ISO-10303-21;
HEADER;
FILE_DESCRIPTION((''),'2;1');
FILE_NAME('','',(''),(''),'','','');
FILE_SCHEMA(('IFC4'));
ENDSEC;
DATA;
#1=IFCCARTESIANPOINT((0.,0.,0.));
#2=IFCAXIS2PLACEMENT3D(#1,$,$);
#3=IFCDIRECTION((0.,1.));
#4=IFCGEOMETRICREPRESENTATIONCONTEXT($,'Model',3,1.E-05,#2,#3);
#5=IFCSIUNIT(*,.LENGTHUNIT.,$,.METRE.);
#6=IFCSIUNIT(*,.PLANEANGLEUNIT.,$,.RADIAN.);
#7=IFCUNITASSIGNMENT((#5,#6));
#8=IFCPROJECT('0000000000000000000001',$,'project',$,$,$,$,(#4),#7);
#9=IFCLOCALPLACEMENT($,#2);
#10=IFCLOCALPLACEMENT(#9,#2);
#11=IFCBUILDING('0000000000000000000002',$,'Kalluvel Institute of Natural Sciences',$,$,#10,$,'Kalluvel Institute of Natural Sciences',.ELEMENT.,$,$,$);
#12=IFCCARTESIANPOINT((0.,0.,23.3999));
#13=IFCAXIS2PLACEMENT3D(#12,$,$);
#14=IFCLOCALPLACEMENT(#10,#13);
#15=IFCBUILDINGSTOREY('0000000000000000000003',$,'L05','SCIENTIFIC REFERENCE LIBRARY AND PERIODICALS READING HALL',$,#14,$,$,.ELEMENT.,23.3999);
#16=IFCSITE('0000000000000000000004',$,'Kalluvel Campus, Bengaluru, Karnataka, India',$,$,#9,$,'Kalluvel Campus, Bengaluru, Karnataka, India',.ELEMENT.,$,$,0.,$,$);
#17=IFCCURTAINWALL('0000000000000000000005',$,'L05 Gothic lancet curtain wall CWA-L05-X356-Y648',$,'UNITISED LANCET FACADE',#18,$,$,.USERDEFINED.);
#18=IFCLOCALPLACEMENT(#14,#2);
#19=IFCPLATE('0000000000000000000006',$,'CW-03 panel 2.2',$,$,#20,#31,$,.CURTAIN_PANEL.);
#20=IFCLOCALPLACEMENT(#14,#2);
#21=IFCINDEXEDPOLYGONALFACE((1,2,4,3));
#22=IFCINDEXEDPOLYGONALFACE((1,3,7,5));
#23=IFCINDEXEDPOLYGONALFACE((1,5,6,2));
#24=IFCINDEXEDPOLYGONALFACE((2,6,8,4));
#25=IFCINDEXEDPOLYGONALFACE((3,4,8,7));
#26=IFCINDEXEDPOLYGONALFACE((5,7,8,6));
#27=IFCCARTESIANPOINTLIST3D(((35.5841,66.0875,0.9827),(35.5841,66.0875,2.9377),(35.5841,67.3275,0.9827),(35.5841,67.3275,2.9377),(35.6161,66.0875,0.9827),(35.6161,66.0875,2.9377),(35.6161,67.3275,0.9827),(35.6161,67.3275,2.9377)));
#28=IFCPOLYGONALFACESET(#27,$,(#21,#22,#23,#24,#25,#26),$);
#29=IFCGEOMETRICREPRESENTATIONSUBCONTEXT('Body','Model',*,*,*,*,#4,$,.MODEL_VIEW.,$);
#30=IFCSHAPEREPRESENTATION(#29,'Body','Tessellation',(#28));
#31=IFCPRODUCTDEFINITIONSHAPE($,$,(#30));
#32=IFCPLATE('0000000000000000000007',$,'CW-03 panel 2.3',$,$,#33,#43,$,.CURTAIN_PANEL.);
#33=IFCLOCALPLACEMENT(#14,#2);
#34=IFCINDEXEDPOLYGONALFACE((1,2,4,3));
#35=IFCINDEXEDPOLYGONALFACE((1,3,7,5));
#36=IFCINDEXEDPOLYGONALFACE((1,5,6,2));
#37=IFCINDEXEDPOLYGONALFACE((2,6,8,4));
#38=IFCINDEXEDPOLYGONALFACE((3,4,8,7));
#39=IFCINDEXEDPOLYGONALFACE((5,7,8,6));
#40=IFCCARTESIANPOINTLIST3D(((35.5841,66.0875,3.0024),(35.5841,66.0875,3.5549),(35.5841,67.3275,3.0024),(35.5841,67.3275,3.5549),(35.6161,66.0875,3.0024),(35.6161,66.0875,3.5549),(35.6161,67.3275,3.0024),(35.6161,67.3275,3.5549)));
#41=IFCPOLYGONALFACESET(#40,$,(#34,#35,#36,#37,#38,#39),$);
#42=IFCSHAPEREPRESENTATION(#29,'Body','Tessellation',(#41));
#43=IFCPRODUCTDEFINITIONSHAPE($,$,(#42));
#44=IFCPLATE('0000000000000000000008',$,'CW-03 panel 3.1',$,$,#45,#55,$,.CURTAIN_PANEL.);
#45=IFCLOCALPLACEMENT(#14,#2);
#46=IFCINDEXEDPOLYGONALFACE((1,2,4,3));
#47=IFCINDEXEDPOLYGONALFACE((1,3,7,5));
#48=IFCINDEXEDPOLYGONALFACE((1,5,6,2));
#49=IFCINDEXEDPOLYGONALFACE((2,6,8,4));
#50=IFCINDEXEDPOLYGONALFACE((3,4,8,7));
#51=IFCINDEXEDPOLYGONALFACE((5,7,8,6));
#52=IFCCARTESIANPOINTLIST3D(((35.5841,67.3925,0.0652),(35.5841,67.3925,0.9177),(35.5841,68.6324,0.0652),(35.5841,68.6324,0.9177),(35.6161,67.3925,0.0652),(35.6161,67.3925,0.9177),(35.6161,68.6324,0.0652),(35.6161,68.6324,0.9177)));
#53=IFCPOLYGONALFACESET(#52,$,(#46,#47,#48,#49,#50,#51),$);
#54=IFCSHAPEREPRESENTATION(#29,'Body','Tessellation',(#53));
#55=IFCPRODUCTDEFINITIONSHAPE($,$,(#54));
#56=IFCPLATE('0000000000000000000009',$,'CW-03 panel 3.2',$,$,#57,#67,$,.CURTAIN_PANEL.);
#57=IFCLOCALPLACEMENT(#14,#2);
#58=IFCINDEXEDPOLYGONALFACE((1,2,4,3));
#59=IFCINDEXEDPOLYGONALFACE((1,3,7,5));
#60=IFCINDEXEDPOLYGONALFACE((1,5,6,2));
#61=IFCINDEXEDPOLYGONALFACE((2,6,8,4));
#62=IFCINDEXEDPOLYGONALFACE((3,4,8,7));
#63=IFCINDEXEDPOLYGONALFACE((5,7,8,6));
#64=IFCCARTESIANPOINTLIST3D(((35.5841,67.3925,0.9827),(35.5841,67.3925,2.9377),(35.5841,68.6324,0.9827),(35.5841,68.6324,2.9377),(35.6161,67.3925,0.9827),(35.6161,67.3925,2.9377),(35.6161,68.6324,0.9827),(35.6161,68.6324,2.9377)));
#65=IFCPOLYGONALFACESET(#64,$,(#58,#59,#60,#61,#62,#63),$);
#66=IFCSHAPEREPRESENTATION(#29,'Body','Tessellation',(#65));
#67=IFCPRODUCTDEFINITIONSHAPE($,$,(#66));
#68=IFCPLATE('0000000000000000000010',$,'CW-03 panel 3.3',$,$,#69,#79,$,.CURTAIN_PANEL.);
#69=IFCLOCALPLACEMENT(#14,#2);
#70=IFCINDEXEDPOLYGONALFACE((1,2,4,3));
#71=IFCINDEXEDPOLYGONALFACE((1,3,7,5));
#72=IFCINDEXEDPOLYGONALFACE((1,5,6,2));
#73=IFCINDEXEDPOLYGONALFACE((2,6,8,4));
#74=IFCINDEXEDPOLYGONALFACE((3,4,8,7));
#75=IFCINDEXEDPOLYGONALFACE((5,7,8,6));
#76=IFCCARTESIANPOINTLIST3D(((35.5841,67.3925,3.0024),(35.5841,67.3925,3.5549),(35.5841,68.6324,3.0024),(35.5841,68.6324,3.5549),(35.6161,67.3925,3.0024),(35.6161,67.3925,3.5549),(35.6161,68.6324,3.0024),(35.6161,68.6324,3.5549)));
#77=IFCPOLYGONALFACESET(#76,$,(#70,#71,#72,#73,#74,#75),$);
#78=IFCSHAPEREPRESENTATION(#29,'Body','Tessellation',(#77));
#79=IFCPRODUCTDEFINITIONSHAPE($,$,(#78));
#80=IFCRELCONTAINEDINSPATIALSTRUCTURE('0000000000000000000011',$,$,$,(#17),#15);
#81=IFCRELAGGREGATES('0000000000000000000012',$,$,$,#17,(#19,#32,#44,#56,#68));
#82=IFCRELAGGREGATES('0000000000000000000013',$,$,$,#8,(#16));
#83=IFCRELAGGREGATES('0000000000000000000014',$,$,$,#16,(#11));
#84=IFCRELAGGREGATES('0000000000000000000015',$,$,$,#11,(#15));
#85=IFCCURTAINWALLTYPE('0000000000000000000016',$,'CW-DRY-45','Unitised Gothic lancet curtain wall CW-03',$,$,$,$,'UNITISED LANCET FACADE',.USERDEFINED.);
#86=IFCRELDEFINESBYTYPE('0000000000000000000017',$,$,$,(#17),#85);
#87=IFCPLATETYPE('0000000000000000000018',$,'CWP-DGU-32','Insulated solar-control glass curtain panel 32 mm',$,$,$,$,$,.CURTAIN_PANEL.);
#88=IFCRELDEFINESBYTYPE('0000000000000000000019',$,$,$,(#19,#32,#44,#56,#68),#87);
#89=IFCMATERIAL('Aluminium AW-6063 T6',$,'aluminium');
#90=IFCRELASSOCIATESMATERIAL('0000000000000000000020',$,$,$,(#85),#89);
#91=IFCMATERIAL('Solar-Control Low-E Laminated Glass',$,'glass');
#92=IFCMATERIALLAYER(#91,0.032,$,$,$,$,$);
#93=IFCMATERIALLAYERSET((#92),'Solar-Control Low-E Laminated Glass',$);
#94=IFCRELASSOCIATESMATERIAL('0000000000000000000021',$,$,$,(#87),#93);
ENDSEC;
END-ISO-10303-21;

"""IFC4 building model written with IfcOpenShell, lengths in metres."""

from ifc_helpers import new_model, si_unit, direction, frame, origin, origin_2d, place, context, subcontext, project, spatial, rectangle, extrude, material, layer, layer_set, type_object, element, aggregate, save


model = new_model("IFC4")

# Units and contexts
model_context = context("Model", 3, precision=1e-05, world=origin(), true_north=direction((0.0, 1.0)))
body_context = subcontext(model_context, "Body", "Model", "MODEL_VIEW")
ifc_project = project(units=[si_unit("LENGTHUNIT", "METRE"), si_unit("PLANEANGLEUNIT", "RADIAN")], contexts=[model_context])

# Site, building, storey
site_placement = place(None, origin())
site = spatial("IfcSite", under=ifc_project, at=site_placement, Name="Kalluvel Campus, Bengaluru, Karnataka, India", LongName="Kalluvel Campus, Bengaluru, Karnataka, India", CompositionType="ELEMENT", RefElevation=0.0)
building_placement = place(site_placement, origin())
building = spatial("IfcBuilding", under=site, at=building_placement, Name="Kalluvel Institute of Natural Sciences", LongName="Kalluvel Institute of Natural Sciences", CompositionType="ELEMENT")
storey_placement = place(building_placement, frame((0.0, 0.0, 23.3999)))
storey = spatial("IfcBuildingStorey", under=building, at=storey_placement, Name="L05", Description="SCIENTIFIC REFERENCE LIBRARY AND PERIODICALS READING HALL", CompositionType="ELEMENT", Elevation=23.3999)

# Curtain wall, plates
ifc_material_1 = material(Name="Aluminium AW-6063 T6", Category="aluminium")
curtain_wall_type = type_object("IfcCurtainWallType", Name="CW-DRY-45", Description="Unitised Gothic lancet curtain wall CW-03", ElementType="UNITISED LANCET FACADE", PredefinedType="USERDEFINED", material=ifc_material_1)
curtain_wall_placement = place(storey_placement, origin())
curtain_wall = element("IfcCurtainWall", 1, at=curtain_wall_placement, inside=storey, type_object=curtain_wall_type, Name="L05 Gothic lancet curtain wall CWA-L05-X356-Y648", ObjectType="UNITISED LANCET FACADE", PredefinedType="USERDEFINED")
ifc_material_2 = material(Name="Solar-Control Low-E Laminated Glass", Category="glass")
ifc_layer = layer(ifc_material_2, 0.032)
ifc_layer_set = layer_set([ifc_layer], Name="Solar-Control Low-E Laminated Glass")
plate_type = type_object("IfcPlateType", Name="CWP-DGU-32", Description="Insulated solar-control glass curtain panel 32 mm", PredefinedType="CURTAIN_PANEL", material=ifc_layer_set)
plate_1_placement = place(storey_placement, frame((35.6001, 66.7075, 0.9827), z_axis=(0.0, 0.0, 1.0), x_axis=(0.0, 1.0, 0.0)))
plate_1 = element("IfcPlate", 2, at=plate_1_placement, type_object=plate_type, Name="CW-03 panel 2.2", PredefinedType="CURTAIN_PANEL", context=body_context, shape_type="SweptSolid", body=[
    extrude(rectangle(XDim=1.24, YDim=0.032, at=origin_2d()), origin(), (0.0, 0.0, 1.0), 1.9551),
])
plate_2_placement = place(storey_placement, frame((35.6001, 66.7075, 3.0024), z_axis=(0.0, 0.0, 1.0), x_axis=(0.0, 1.0, 0.0)))
plate_2 = element("IfcPlate", 3, at=plate_2_placement, type_object=plate_type, Name="CW-03 panel 2.3", PredefinedType="CURTAIN_PANEL", context=body_context, shape_type="SweptSolid", body=[
    extrude(rectangle(XDim=1.24, YDim=0.032, at=origin_2d()), origin(), (0.0, 0.0, 1.0), 0.5525),
])
plate_3_placement = place(storey_placement, frame((35.6001, 68.0125, 0.0652), z_axis=(0.0, 0.0, 1.0), x_axis=(0.0, 1.0, 0.0)))
plate_3 = element("IfcPlate", 4, at=plate_3_placement, type_object=plate_type, Name="CW-03 panel 3.1", PredefinedType="CURTAIN_PANEL", context=body_context, shape_type="SweptSolid", body=[
    extrude(rectangle(XDim=1.24, YDim=0.032, at=origin_2d()), origin(), (0.0, 0.0, 1.0), 0.8525),
])
plate_4_placement = place(storey_placement, frame((35.6001, 68.0125, 0.9827), z_axis=(0.0, 0.0, 1.0), x_axis=(0.0, 1.0, 0.0)))
plate_4 = element("IfcPlate", 5, at=plate_4_placement, type_object=plate_type, Name="CW-03 panel 3.2", PredefinedType="CURTAIN_PANEL", context=body_context, shape_type="SweptSolid", body=[
    extrude(rectangle(XDim=1.24, YDim=0.032, at=origin_2d()), origin(), (0.0, 0.0, 1.0), 1.9551),
])
plate_5_placement = place(storey_placement, frame((35.6001, 68.0125, 3.0024), z_axis=(0.0, 0.0, 1.0), x_axis=(0.0, 1.0, 0.0)))
plate_5 = element("IfcPlate", 6, at=plate_5_placement, type_object=plate_type, Name="CW-03 panel 3.3", PredefinedType="CURTAIN_PANEL", context=body_context, shape_type="SweptSolid", body=[
    extrude(rectangle(XDim=1.24, YDim=0.032, at=origin_2d()), origin(), (0.0, 0.0, 1.0), 0.5525),
])
aggregate(curtain_wall, [plate_1, plate_2, plate_3, plate_4, plate_5])

save(model, "model.ifc")
